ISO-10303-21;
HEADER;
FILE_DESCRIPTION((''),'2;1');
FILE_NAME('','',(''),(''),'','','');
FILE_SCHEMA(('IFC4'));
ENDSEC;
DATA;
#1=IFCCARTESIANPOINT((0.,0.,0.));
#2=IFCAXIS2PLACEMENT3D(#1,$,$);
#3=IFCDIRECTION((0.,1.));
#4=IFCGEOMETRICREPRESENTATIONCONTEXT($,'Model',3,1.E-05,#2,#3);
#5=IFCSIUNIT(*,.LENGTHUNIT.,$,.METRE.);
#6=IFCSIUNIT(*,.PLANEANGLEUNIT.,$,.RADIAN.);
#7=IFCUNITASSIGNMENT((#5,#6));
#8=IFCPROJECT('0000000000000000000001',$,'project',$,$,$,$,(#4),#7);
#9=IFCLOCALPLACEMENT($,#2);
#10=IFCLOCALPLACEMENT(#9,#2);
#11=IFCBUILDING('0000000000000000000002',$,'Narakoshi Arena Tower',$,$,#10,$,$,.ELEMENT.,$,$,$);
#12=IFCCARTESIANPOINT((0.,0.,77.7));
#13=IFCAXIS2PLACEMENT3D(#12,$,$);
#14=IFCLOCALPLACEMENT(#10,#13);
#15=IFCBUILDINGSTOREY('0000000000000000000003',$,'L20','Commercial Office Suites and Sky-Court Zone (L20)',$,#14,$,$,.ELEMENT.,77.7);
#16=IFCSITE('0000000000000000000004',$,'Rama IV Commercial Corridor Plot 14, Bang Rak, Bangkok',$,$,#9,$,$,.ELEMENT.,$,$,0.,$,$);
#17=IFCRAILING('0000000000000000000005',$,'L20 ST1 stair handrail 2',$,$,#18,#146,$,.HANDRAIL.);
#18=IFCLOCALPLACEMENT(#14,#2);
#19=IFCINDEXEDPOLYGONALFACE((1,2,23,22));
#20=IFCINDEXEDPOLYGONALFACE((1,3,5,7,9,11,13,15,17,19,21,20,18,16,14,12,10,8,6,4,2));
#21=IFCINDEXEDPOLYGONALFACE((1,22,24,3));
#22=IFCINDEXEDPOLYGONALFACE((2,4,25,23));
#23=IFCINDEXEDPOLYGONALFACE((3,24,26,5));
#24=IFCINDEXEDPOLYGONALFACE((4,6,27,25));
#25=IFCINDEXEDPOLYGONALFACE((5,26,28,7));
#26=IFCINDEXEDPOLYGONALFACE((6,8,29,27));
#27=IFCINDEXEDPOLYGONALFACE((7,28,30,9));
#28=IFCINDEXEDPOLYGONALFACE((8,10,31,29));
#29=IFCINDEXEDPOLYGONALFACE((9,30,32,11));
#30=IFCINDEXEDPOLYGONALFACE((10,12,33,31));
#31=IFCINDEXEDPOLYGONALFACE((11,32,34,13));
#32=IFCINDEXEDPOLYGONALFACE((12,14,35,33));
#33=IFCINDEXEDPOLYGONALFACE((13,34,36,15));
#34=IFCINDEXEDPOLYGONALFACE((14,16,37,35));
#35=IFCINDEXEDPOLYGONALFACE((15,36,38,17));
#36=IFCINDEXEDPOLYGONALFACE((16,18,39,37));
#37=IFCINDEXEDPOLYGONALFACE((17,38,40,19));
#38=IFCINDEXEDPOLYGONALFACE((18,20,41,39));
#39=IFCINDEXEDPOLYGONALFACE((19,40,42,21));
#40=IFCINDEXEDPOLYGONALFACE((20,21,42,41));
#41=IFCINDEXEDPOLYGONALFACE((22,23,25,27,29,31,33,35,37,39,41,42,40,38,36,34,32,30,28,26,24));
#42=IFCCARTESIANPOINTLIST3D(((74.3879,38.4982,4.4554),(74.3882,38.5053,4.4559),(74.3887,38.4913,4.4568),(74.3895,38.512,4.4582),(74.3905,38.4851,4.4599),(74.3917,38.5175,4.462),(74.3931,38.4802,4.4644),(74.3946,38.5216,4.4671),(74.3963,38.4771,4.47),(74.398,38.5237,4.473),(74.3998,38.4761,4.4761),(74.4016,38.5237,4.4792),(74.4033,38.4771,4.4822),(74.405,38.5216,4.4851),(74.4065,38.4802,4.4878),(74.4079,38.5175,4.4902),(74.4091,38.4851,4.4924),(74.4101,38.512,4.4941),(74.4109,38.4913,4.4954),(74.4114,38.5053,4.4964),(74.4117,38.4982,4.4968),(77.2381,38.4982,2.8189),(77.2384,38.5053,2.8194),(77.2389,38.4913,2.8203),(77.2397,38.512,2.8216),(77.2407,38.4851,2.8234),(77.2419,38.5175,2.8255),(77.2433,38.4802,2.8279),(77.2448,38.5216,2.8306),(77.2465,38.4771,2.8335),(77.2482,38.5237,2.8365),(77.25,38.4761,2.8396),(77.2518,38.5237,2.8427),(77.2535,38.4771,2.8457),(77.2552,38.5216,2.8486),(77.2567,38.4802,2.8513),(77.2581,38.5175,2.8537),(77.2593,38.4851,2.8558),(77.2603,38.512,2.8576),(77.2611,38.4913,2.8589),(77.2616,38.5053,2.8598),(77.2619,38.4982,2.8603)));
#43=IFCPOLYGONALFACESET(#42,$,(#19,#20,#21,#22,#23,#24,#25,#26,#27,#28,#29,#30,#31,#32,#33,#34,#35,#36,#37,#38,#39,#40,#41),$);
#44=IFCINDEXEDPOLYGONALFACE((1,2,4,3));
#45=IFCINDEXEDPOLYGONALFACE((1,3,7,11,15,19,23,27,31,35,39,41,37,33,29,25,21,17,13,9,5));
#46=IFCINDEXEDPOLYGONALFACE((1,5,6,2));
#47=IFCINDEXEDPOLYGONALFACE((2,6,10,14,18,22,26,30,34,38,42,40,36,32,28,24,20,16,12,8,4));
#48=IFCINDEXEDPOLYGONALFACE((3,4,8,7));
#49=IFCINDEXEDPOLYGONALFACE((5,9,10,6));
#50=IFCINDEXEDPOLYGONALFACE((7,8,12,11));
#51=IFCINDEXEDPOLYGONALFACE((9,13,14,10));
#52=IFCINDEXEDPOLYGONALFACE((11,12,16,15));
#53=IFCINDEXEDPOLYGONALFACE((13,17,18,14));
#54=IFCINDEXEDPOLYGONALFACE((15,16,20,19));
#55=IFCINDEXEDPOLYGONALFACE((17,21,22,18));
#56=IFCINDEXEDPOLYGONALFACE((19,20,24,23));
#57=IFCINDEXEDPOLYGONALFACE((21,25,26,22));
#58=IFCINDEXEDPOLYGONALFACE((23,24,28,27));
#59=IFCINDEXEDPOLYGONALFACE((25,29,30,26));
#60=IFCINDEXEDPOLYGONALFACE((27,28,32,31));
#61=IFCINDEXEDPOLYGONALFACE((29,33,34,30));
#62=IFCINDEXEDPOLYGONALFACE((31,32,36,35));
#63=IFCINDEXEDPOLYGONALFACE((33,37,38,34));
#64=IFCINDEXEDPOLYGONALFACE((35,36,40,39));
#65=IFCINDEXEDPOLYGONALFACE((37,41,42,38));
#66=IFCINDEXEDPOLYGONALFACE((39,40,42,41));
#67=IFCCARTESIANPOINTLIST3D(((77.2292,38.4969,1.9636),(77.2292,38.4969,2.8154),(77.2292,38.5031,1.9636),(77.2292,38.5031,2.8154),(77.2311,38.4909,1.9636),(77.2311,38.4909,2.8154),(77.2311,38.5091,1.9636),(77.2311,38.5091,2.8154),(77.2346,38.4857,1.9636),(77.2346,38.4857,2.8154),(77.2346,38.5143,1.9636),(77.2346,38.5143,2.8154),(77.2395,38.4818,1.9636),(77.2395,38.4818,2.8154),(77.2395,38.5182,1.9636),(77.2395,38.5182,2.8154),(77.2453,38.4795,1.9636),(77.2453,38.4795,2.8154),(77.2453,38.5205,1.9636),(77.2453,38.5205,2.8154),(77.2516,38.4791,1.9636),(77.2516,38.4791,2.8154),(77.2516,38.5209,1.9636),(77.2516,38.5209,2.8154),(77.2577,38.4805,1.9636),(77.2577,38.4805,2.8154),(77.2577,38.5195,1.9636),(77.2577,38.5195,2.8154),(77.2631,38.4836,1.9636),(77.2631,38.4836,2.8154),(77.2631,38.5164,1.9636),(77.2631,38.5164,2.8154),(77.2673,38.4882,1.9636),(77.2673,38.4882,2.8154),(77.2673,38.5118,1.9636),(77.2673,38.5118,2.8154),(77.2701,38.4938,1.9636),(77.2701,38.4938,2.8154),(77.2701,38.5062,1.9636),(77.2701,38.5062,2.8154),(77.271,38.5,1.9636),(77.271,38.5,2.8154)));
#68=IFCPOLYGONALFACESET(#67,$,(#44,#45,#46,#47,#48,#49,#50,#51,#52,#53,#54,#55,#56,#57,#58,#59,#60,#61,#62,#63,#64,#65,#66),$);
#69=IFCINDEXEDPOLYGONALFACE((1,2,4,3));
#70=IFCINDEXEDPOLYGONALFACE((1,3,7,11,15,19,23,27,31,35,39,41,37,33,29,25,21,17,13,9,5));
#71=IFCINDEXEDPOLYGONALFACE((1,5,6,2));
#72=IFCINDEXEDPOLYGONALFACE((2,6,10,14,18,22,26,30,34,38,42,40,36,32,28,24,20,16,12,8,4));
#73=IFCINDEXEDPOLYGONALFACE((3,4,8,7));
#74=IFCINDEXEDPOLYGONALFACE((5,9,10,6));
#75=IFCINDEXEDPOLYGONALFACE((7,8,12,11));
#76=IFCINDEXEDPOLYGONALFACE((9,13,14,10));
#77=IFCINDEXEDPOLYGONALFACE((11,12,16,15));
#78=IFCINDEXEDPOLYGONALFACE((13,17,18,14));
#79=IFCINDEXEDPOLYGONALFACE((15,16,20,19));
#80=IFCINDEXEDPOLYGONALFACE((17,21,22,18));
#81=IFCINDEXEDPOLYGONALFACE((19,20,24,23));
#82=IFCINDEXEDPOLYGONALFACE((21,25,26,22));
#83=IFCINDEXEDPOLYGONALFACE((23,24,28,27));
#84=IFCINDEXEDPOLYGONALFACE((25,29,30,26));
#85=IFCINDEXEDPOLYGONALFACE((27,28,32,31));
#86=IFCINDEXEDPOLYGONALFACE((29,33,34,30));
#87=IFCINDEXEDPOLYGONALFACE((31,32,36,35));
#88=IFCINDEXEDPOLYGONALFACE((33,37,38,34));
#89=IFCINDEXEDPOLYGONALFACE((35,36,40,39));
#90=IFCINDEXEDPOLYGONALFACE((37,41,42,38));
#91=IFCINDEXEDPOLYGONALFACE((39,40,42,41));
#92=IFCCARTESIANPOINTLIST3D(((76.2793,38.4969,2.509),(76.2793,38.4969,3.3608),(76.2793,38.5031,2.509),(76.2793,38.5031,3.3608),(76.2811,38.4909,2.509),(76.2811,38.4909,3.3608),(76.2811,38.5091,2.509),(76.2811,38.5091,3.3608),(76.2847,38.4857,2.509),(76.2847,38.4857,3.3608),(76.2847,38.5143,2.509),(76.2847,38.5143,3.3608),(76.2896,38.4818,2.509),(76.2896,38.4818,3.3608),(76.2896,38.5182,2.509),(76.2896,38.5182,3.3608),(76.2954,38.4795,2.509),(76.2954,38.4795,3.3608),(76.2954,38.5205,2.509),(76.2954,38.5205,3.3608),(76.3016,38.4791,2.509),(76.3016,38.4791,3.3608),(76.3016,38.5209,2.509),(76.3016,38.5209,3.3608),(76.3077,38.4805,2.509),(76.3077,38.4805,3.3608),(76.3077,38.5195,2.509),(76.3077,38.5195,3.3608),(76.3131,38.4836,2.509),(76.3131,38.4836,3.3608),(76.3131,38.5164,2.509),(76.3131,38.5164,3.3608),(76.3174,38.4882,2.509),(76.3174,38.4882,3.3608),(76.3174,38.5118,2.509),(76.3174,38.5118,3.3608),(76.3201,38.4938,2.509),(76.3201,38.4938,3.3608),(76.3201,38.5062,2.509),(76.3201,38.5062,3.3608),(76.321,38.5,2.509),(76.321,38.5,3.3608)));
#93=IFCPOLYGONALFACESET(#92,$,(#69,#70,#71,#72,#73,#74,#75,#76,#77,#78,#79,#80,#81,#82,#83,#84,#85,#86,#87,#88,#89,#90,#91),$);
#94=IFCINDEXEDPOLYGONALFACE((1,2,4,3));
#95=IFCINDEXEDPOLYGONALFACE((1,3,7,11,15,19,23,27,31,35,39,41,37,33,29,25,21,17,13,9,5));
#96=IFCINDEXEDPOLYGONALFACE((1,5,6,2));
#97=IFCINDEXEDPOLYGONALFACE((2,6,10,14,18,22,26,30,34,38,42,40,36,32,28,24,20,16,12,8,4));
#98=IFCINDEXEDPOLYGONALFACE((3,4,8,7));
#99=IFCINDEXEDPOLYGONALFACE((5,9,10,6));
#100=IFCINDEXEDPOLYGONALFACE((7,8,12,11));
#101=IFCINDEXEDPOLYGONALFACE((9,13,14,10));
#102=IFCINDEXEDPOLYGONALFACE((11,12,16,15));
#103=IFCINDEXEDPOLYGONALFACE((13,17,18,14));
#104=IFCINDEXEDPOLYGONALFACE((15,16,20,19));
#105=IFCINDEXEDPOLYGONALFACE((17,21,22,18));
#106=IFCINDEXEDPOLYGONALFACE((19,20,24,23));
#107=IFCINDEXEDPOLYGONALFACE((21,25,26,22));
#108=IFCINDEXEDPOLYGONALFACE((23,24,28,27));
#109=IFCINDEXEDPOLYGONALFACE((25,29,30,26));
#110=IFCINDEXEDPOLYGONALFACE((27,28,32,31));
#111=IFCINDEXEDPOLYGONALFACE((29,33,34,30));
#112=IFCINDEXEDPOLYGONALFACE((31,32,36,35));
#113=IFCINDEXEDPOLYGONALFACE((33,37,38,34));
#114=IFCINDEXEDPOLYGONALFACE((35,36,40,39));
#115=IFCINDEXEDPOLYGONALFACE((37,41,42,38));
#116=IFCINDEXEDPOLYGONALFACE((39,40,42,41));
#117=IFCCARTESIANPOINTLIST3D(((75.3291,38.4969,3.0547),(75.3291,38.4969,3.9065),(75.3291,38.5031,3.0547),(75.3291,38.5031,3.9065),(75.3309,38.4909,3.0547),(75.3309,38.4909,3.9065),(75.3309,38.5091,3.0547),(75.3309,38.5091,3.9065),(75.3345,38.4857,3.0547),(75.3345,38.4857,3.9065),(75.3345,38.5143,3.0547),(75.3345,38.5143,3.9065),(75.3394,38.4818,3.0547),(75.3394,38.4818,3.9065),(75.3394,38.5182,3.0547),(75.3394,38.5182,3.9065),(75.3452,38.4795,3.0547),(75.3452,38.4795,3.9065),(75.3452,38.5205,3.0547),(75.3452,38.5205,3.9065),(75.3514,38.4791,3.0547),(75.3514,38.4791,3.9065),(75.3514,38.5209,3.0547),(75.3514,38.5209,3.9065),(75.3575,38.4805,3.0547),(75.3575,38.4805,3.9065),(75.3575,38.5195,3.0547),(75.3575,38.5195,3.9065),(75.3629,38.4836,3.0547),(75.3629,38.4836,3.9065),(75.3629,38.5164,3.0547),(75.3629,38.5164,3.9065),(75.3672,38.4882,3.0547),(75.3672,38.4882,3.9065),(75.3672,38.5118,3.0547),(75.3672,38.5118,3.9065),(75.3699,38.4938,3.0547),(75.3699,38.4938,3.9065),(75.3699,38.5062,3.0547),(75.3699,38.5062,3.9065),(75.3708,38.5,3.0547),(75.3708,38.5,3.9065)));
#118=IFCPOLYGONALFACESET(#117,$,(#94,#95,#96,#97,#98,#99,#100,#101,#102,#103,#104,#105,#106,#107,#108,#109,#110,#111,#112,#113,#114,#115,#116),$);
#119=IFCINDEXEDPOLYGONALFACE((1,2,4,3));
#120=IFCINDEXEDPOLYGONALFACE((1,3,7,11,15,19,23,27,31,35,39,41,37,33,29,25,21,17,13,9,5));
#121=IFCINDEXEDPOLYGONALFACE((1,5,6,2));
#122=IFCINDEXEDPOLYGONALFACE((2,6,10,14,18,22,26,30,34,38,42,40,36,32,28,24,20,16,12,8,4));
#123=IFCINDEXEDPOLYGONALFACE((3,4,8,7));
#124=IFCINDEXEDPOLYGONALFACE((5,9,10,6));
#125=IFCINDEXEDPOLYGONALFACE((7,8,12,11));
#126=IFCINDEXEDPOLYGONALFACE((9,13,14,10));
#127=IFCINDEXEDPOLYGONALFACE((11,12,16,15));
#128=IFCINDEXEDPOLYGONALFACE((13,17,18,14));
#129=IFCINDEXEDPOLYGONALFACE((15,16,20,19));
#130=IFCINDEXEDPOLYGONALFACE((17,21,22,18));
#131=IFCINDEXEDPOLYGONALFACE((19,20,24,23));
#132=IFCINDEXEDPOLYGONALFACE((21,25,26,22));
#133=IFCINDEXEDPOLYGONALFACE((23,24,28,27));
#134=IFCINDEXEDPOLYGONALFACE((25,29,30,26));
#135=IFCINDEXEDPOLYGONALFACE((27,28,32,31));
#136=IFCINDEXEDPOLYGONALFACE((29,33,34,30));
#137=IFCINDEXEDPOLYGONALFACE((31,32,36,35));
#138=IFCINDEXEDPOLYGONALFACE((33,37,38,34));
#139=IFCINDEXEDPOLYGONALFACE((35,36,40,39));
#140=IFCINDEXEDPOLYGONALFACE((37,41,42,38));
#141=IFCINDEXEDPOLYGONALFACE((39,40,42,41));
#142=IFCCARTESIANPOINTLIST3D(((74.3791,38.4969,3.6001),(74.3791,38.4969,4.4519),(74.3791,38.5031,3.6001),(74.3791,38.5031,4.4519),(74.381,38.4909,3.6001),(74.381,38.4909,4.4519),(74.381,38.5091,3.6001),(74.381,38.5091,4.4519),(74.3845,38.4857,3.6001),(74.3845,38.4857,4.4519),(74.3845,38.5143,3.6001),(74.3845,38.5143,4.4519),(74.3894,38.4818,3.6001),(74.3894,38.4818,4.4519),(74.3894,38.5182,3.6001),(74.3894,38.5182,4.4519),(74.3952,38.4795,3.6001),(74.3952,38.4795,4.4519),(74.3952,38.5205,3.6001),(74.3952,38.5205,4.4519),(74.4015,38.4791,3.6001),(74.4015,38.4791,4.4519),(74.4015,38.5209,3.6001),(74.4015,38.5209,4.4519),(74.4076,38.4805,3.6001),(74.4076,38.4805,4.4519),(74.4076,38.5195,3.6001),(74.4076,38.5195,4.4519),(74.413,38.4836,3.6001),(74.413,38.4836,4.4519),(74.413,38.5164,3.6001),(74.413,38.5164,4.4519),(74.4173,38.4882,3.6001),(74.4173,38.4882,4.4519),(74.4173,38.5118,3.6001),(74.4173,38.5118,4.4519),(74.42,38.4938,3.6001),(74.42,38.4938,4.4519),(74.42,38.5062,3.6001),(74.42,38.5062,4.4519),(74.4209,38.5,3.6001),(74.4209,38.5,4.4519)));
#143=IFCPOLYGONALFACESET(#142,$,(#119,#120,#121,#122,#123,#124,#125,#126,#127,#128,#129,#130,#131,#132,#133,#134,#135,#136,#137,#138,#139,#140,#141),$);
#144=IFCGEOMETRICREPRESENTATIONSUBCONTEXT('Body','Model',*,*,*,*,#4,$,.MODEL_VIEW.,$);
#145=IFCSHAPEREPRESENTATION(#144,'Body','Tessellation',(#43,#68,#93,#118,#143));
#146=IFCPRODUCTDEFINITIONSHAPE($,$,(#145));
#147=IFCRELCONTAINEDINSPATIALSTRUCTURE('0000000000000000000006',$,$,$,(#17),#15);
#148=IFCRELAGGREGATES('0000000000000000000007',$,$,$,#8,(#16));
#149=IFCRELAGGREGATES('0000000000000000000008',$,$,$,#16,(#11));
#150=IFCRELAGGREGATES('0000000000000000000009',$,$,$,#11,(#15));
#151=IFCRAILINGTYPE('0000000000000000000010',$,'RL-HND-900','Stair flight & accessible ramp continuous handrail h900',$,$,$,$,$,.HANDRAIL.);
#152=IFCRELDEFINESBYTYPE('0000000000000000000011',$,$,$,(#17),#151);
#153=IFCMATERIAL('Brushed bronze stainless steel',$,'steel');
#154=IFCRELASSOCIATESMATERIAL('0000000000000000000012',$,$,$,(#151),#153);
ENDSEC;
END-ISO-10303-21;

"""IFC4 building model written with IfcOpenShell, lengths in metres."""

from ifc_helpers import new_model, si_unit, direction, frame, origin, origin_2d, place, context, subcontext, project, spatial, circle, extrude, material, type_object, element, save


model = new_model("IFC4")

# Units and contexts
model_context = context("Model", 3, precision=1e-05, world=origin(), true_north=direction((0.0, 1.0)))
body_context = subcontext(model_context, "Body", "Model", "MODEL_VIEW")
ifc_project = project(units=[si_unit("LENGTHUNIT", "METRE"), si_unit("PLANEANGLEUNIT", "RADIAN")], contexts=[model_context])

# Site, building, storey
site_placement = place(None, origin())
site = spatial("IfcSite", under=ifc_project, at=site_placement, Name="Rama IV Commercial Corridor Plot 14, Bang Rak, Bangkok", CompositionType="ELEMENT", RefElevation=0.0)
building_placement = place(site_placement, origin())
building = spatial("IfcBuilding", under=site, at=building_placement, Name="Narakoshi Arena Tower", CompositionType="ELEMENT")
storey_placement = place(building_placement, frame((0.0, 0.0, 77.7)))
storey = spatial("IfcBuildingStorey", under=building, at=storey_placement, Name="L20", Description="Commercial Office Suites and Sky-Court Zone (L20)", CompositionType="ELEMENT", Elevation=77.7)

# Railing
ifc_material_1 = material(Name="Brushed bronze stainless steel", Category="steel")
railing_type_1 = type_object("IfcRailingType", Name="RL-HND-900", Description="Stair flight & accessible ramp continuous handrail h900", PredefinedType="HANDRAIL", material=ifc_material_1)
for number, where, name in (
    (1, (77.25, 38.5, 1.9636), "L20 ST1 stair handrail 2"),
):
    element("IfcRailing", number, at=place(storey_placement, frame(where)), inside=storey, type_object=railing_type_1, Name=name, PredefinedType="HANDRAIL", context=body_context, shape_type="SweptSolid", body=[
        extrude(circle(Radius=0.0239, at=origin_2d()), frame((0.0, 0.0, 0.876), z_axis=(-0.867213, 0.0, 0.497938), x_axis=(0.0, -1.0, 0.0)), (0.0, 0.0, 1.0), 3.2866),
        extrude(circle(Radius=0.021, at=origin_2d()), origin(), (0.0, 0.0, 1.0), 0.8518),
        extrude(circle(Radius=0.021, at=origin_2d()), frame((-0.95, 0.0, 0.5454)), (0.0, 0.0, 1.0), 0.8518),
        extrude(circle(Radius=0.021, at=origin_2d()), frame((-1.9001, 0.0, 1.0911)), (0.0, 0.0, 1.0), 0.8518),
        extrude(circle(Radius=0.021, at=origin_2d()), frame((-2.8501, 0.0, 1.6365)), (0.0, 0.0, 1.0), 0.8518),
    ])

save(model, "model.ifc")
